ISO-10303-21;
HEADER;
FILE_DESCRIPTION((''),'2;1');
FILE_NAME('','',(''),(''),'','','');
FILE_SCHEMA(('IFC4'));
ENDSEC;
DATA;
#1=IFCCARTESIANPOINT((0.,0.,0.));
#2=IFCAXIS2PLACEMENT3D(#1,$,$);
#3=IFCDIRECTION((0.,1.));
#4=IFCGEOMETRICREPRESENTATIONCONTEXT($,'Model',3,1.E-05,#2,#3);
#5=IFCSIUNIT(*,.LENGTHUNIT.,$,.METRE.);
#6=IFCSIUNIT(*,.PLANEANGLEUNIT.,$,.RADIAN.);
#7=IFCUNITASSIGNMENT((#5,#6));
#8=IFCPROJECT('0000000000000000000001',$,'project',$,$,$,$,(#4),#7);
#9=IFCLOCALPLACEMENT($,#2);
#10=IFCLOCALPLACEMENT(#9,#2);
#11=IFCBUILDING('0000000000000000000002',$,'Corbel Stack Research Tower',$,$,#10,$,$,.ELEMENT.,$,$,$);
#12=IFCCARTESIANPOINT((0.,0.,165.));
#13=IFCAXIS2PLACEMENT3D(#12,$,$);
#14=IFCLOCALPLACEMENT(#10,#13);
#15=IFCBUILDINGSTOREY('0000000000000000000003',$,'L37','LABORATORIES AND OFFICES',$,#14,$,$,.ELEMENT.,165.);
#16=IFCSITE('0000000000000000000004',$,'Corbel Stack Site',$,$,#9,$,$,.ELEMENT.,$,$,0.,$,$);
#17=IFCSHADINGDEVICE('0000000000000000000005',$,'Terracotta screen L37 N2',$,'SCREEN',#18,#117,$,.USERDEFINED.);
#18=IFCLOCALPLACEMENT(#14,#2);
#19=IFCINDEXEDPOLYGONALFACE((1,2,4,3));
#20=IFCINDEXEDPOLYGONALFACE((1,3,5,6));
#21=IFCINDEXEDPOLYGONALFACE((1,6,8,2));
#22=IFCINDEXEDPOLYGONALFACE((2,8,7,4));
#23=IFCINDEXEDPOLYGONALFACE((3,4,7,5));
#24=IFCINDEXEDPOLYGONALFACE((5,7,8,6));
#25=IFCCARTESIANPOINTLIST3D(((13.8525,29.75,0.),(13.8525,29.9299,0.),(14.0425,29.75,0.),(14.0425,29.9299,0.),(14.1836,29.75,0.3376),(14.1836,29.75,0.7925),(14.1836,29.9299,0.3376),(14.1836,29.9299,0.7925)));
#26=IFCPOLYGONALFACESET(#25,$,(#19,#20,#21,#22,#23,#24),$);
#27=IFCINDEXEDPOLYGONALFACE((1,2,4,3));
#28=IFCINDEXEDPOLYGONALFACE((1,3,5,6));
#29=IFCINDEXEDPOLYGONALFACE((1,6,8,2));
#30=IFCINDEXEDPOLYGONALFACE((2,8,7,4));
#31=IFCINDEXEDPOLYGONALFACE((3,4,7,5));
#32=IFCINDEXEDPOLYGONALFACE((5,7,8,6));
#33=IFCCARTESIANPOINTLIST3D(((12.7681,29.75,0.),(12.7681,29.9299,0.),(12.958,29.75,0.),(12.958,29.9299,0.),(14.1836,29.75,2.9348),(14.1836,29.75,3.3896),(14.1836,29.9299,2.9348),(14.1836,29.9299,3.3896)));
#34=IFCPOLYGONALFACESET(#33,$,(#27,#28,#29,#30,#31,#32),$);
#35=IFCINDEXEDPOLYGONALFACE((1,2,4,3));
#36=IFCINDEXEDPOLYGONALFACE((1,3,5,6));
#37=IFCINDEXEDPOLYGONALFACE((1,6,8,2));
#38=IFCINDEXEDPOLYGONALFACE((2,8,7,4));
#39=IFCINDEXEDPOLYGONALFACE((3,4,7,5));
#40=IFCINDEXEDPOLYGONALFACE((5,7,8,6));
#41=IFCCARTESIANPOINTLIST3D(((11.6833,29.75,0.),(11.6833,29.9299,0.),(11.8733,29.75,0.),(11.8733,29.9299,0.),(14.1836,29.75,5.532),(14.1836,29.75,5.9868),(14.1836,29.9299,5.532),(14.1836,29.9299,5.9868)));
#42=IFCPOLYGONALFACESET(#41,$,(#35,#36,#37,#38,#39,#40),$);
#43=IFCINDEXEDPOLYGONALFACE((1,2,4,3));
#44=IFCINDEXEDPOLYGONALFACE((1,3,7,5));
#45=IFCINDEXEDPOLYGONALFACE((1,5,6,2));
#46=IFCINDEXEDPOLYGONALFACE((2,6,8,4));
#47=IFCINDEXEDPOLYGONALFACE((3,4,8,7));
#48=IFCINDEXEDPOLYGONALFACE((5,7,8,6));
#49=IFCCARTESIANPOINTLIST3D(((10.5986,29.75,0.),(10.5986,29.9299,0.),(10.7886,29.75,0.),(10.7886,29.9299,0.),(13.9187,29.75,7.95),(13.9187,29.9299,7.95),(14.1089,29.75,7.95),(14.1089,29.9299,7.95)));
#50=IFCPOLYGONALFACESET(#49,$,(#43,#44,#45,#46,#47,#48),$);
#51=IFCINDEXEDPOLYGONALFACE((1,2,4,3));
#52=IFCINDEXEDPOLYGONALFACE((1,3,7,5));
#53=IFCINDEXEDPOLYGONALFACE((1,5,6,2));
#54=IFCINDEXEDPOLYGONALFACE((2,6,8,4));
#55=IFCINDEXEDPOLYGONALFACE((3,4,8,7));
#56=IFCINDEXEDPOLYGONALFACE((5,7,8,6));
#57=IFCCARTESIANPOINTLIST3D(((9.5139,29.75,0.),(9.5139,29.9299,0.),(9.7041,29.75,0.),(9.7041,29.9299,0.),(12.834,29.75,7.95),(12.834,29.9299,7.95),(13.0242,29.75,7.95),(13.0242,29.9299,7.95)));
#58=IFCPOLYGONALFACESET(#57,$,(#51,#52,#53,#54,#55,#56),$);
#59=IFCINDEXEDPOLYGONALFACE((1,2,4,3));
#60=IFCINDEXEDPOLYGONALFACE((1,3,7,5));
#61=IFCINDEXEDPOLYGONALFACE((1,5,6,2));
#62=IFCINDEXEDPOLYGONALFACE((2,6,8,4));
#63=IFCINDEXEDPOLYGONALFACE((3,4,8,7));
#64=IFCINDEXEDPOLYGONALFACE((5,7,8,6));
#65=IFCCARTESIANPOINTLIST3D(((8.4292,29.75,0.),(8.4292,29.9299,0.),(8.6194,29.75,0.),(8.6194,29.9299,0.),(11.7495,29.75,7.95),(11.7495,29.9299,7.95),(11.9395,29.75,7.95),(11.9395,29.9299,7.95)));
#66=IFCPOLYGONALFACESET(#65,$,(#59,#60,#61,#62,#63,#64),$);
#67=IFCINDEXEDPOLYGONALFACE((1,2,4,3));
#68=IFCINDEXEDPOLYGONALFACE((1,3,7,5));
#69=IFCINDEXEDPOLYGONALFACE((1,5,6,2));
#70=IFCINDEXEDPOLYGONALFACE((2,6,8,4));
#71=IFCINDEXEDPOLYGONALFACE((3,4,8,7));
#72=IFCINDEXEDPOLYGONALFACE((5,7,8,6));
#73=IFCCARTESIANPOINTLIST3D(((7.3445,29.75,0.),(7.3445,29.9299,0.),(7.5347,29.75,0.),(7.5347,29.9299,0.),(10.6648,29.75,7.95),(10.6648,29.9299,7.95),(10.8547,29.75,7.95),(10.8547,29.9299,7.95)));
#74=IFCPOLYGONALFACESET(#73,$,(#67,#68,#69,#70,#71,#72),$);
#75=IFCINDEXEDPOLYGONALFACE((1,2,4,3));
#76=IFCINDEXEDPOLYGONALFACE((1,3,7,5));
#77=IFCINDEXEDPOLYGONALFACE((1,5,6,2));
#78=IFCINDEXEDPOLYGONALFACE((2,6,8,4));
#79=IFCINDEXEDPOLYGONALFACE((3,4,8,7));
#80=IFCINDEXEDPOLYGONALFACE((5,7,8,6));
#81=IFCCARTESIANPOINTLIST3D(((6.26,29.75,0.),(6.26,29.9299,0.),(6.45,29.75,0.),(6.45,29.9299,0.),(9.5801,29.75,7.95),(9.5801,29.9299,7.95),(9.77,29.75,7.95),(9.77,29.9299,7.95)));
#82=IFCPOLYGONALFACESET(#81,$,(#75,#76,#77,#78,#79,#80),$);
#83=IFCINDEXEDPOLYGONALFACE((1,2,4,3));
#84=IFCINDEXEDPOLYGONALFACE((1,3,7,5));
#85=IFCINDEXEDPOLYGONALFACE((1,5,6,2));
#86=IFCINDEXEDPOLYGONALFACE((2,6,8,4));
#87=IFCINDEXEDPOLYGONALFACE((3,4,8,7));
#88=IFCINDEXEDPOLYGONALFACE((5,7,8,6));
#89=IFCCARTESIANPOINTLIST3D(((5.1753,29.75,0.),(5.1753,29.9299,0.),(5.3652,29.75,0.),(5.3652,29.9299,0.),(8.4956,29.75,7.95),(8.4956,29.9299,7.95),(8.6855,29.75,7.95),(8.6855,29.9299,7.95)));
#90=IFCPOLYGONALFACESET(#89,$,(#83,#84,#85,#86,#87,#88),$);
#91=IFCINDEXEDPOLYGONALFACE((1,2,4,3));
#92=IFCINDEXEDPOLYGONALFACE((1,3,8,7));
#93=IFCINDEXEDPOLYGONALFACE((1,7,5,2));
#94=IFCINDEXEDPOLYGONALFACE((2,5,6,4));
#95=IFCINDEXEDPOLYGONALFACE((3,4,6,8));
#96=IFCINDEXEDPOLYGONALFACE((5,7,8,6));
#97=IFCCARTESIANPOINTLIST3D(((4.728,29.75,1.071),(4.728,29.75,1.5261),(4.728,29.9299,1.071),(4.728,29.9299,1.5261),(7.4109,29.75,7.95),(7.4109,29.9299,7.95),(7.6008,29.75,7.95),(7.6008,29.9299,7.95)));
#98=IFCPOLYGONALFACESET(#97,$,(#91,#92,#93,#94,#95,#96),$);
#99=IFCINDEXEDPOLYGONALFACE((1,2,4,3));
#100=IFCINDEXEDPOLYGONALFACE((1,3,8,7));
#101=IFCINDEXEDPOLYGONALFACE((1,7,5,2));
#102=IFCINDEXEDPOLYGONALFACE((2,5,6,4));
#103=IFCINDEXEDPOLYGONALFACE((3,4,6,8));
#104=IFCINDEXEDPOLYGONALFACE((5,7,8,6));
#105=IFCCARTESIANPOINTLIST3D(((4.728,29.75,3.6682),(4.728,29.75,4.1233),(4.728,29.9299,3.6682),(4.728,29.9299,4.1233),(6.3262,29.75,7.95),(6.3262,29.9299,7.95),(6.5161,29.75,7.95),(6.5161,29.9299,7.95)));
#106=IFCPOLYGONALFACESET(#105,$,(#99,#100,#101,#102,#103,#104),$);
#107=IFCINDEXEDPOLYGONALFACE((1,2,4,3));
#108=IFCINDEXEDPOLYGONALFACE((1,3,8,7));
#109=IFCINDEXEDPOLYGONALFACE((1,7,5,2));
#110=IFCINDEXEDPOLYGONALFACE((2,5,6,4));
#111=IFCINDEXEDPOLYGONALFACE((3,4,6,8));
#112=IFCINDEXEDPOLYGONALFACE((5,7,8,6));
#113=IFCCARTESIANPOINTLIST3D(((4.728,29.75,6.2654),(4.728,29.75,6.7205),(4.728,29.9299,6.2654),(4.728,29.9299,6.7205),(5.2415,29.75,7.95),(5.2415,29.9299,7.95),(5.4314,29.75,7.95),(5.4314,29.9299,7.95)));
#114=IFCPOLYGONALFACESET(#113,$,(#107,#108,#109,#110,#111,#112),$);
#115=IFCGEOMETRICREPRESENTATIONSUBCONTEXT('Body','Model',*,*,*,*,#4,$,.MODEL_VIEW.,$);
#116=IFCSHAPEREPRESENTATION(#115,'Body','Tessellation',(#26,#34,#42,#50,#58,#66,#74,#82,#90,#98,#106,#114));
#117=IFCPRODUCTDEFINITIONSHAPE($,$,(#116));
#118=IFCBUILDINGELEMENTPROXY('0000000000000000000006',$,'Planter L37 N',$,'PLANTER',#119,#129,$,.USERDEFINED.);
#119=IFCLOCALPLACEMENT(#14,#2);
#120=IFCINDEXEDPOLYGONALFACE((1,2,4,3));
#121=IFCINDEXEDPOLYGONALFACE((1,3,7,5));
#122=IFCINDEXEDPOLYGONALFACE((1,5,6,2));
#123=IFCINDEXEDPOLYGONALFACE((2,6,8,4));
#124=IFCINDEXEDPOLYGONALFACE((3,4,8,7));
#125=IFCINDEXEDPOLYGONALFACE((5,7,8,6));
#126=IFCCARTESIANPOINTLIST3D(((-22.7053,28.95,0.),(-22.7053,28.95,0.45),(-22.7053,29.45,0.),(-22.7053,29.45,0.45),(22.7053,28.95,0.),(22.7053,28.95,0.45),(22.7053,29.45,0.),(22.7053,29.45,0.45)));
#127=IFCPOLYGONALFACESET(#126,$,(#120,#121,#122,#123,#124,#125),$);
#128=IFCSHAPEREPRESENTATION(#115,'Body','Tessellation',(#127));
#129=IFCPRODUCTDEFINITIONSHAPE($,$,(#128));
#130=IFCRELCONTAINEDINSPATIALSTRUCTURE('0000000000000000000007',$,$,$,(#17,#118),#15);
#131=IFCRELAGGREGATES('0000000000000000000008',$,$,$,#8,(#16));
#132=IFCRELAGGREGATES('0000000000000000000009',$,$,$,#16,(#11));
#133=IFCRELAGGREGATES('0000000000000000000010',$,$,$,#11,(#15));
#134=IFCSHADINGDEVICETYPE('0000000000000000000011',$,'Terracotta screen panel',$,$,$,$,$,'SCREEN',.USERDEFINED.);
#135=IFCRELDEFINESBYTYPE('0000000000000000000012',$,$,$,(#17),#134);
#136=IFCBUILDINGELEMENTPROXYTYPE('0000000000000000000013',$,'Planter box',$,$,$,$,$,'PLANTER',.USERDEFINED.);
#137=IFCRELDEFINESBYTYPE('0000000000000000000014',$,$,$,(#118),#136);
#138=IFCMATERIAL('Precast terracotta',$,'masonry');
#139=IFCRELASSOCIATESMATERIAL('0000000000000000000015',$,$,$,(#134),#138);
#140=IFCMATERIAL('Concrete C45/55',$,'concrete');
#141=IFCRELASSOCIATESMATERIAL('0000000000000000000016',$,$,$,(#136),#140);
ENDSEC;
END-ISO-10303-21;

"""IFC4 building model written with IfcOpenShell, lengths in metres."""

from ifc_helpers import new_model, si_unit, direction, frame, origin, origin_2d, place, context, subcontext, project, spatial, polyline, rectangle, outline, extrude, source, transform, mapped, material, type_object, element, save


model = new_model("IFC4")

# Units and contexts
model_context = context("Model", 3, precision=1e-05, world=origin(), true_north=direction((0.0, 1.0)))
body_context = subcontext(model_context, "Body", "Model", "MODEL_VIEW")
ifc_project = project(units=[si_unit("LENGTHUNIT", "METRE"), si_unit("PLANEANGLEUNIT", "RADIAN")], contexts=[model_context])

# Site, building, storey
site_placement = place(None, origin())
site = spatial("IfcSite", under=ifc_project, at=site_placement, Name="Corbel Stack Site", CompositionType="ELEMENT", RefElevation=0.0)
building_placement = place(site_placement, origin())
building = spatial("IfcBuilding", under=site, at=building_placement, Name="Corbel Stack Research Tower", CompositionType="ELEMENT")
storey_placement = place(building_placement, frame((0.0, 0.0, 165.0)))
storey = spatial("IfcBuildingStorey", under=building, at=storey_placement, Name="L37", Description="LABORATORIES AND OFFICES", CompositionType="ELEMENT", Elevation=165.0)

# Shading device
ifc_material_1 = material(Name="Precast terracotta", Category="masonry")
shading_device_type = type_object("IfcShadingDeviceType", Name="Terracotta screen panel", ElementType="SCREEN", PredefinedType="USERDEFINED", material=ifc_material_1)
shared_shape_1 = source(origin(), body_context, "Body", "SweptSolid", [
    extrude(outline(polyline([(0.3311, 0.0), (0.0, 0.7925), (0.0, 0.3376), (0.1411, 0.0), (0.3311, 0.0)])), frame((0.0, 0.0, 0.0), z_axis=(0.0, -1.0, 0.0), x_axis=(1.0, 0.0, 0.0)), (0.0, 0.0, 1.0), 0.1799),
    extrude(outline(polyline([(1.4155, 0.0), (0.0, 3.3896), (0.0, 2.9348), (1.2256, 0.0), (1.4155, 0.0)])), frame((0.0, 0.0, 0.0), z_axis=(0.0, -1.0, 0.0), x_axis=(1.0, 0.0, 0.0)), (0.0, 0.0, 1.0), 0.1799),
    extrude(outline(polyline([(2.5002, 0.0), (0.0, 5.9868), (0.0, 5.532), (2.3103, 0.0), (2.5002, 0.0)])), frame((0.0, 0.0, 0.0), z_axis=(0.0, -1.0, 0.0), x_axis=(1.0, 0.0, 0.0)), (0.0, 0.0, 1.0), 0.1799),
    extrude(outline(polyline([(3.585, 0.0), (0.2649, 7.95), (0.0747, 7.95), (3.395, 0.0), (3.585, 0.0)])), frame((0.0, 0.0, 0.0), z_axis=(0.0, -1.0, 0.0), x_axis=(1.0, 0.0, 0.0)), (0.0, 0.0, 1.0), 0.1799),
    extrude(outline(polyline([(4.6697, 0.0), (1.3496, 7.95), (1.1594, 7.95), (4.4795, 0.0), (4.6697, 0.0)])), frame((0.0, 0.0, 0.0), z_axis=(0.0, -1.0, 0.0), x_axis=(1.0, 0.0, 0.0)), (0.0, 0.0, 1.0), 0.1799),
    extrude(outline(polyline([(5.7544, 0.0), (2.4341, 7.95), (2.2441, 7.95), (5.5642, 0.0), (5.7544, 0.0)])), frame((0.0, 0.0, 0.0), z_axis=(0.0, -1.0, 0.0), x_axis=(1.0, 0.0, 0.0)), (0.0, 0.0, 1.0), 0.1799),
    extrude(outline(polyline([(6.8391, 0.0), (3.5188, 7.95), (3.3289, 7.95), (6.6489, 0.0), (6.8391, 0.0)])), frame((0.0, 0.0, 0.0), z_axis=(0.0, -1.0, 0.0), x_axis=(1.0, 0.0, 0.0)), (0.0, 0.0, 1.0), 0.1799),
    extrude(outline(polyline([(7.9236, 0.0), (4.6035, 7.95), (4.4136, 7.95), (7.7336, 0.0), (7.9236, 0.0)])), frame((0.0, 0.0, 0.0), z_axis=(0.0, -1.0, 0.0), x_axis=(1.0, 0.0, 0.0)), (0.0, 0.0, 1.0), 0.1799),
    extrude(outline(polyline([(9.0083, 0.0), (5.688, 7.95), (5.498, 7.95), (8.8184, 0.0), (9.0083, 0.0)])), frame((0.0, 0.0, 0.0), z_axis=(0.0, -1.0, 0.0), x_axis=(1.0, 0.0, 0.0)), (0.0, 0.0, 1.0), 0.1799),
    extrude(outline(polyline([(6.7727, 7.95), (6.5828, 7.95), (9.4556, 1.071), (9.4556, 1.5261), (6.7727, 7.95)])), frame((0.0, 0.0, 0.0), z_axis=(0.0, -1.0, 0.0), x_axis=(1.0, 0.0, 0.0)), (0.0, 0.0, 1.0), 0.1799),
    extrude(outline(polyline([(7.8574, 7.95), (7.6675, 7.95), (9.4556, 3.6682), (9.4556, 4.1233), (7.8574, 7.95)])), frame((0.0, 0.0, 0.0), z_axis=(0.0, -1.0, 0.0), x_axis=(1.0, 0.0, 0.0)), (0.0, 0.0, 1.0), 0.1799),
    extrude(outline(polyline([(8.9421, 7.95), (8.7522, 7.95), (9.4556, 6.2654), (9.4556, 6.7205), (8.9421, 7.95)])), frame((0.0, 0.0, 0.0), z_axis=(0.0, -1.0, 0.0), x_axis=(1.0, 0.0, 0.0)), (0.0, 0.0, 1.0), 0.1799),
])
shading_device_1_placement = place(storey_placement, frame((14.1836, 29.75, 0.0), z_axis=(0.0, 0.0, 1.0), x_axis=(-1.0, 0.0, 0.0)))
element("IfcShadingDevice", 1, at=shading_device_1_placement, inside=storey, type_object=shading_device_type, Name="Terracotta screen L37 N2", ObjectType="SCREEN", PredefinedType="USERDEFINED", context=body_context, shape_type="MappedRepresentation", body=[
    mapped(shared_shape_1, transform((0.0, 0.0, 0.0))),
])

# Building element proxy
ifc_material_2 = material(Name="Concrete C45/55", Category="concrete")
building_element_proxy_type = type_object("IfcBuildingElementProxyType", Name="Planter box", ElementType="PLANTER", PredefinedType="USERDEFINED", material=ifc_material_2)
proxy_placement = place(storey_placement, frame((0.0, 29.2, 0.0), z_axis=(0.0, 0.0, 1.0), x_axis=(-1.0, 0.0, 0.0)))
element("IfcBuildingElementProxy", 2, at=proxy_placement, inside=storey, type_object=building_element_proxy_type, Name="Planter L37 N", ObjectType="PLANTER", PredefinedType="USERDEFINED", context=body_context, shape_type="SweptSolid", body=[
    extrude(rectangle(XDim=45.4106, YDim=0.5, at=origin_2d()), origin(), (0.0, 0.0, 1.0), 0.45),
])

save(model, "model.ifc")
